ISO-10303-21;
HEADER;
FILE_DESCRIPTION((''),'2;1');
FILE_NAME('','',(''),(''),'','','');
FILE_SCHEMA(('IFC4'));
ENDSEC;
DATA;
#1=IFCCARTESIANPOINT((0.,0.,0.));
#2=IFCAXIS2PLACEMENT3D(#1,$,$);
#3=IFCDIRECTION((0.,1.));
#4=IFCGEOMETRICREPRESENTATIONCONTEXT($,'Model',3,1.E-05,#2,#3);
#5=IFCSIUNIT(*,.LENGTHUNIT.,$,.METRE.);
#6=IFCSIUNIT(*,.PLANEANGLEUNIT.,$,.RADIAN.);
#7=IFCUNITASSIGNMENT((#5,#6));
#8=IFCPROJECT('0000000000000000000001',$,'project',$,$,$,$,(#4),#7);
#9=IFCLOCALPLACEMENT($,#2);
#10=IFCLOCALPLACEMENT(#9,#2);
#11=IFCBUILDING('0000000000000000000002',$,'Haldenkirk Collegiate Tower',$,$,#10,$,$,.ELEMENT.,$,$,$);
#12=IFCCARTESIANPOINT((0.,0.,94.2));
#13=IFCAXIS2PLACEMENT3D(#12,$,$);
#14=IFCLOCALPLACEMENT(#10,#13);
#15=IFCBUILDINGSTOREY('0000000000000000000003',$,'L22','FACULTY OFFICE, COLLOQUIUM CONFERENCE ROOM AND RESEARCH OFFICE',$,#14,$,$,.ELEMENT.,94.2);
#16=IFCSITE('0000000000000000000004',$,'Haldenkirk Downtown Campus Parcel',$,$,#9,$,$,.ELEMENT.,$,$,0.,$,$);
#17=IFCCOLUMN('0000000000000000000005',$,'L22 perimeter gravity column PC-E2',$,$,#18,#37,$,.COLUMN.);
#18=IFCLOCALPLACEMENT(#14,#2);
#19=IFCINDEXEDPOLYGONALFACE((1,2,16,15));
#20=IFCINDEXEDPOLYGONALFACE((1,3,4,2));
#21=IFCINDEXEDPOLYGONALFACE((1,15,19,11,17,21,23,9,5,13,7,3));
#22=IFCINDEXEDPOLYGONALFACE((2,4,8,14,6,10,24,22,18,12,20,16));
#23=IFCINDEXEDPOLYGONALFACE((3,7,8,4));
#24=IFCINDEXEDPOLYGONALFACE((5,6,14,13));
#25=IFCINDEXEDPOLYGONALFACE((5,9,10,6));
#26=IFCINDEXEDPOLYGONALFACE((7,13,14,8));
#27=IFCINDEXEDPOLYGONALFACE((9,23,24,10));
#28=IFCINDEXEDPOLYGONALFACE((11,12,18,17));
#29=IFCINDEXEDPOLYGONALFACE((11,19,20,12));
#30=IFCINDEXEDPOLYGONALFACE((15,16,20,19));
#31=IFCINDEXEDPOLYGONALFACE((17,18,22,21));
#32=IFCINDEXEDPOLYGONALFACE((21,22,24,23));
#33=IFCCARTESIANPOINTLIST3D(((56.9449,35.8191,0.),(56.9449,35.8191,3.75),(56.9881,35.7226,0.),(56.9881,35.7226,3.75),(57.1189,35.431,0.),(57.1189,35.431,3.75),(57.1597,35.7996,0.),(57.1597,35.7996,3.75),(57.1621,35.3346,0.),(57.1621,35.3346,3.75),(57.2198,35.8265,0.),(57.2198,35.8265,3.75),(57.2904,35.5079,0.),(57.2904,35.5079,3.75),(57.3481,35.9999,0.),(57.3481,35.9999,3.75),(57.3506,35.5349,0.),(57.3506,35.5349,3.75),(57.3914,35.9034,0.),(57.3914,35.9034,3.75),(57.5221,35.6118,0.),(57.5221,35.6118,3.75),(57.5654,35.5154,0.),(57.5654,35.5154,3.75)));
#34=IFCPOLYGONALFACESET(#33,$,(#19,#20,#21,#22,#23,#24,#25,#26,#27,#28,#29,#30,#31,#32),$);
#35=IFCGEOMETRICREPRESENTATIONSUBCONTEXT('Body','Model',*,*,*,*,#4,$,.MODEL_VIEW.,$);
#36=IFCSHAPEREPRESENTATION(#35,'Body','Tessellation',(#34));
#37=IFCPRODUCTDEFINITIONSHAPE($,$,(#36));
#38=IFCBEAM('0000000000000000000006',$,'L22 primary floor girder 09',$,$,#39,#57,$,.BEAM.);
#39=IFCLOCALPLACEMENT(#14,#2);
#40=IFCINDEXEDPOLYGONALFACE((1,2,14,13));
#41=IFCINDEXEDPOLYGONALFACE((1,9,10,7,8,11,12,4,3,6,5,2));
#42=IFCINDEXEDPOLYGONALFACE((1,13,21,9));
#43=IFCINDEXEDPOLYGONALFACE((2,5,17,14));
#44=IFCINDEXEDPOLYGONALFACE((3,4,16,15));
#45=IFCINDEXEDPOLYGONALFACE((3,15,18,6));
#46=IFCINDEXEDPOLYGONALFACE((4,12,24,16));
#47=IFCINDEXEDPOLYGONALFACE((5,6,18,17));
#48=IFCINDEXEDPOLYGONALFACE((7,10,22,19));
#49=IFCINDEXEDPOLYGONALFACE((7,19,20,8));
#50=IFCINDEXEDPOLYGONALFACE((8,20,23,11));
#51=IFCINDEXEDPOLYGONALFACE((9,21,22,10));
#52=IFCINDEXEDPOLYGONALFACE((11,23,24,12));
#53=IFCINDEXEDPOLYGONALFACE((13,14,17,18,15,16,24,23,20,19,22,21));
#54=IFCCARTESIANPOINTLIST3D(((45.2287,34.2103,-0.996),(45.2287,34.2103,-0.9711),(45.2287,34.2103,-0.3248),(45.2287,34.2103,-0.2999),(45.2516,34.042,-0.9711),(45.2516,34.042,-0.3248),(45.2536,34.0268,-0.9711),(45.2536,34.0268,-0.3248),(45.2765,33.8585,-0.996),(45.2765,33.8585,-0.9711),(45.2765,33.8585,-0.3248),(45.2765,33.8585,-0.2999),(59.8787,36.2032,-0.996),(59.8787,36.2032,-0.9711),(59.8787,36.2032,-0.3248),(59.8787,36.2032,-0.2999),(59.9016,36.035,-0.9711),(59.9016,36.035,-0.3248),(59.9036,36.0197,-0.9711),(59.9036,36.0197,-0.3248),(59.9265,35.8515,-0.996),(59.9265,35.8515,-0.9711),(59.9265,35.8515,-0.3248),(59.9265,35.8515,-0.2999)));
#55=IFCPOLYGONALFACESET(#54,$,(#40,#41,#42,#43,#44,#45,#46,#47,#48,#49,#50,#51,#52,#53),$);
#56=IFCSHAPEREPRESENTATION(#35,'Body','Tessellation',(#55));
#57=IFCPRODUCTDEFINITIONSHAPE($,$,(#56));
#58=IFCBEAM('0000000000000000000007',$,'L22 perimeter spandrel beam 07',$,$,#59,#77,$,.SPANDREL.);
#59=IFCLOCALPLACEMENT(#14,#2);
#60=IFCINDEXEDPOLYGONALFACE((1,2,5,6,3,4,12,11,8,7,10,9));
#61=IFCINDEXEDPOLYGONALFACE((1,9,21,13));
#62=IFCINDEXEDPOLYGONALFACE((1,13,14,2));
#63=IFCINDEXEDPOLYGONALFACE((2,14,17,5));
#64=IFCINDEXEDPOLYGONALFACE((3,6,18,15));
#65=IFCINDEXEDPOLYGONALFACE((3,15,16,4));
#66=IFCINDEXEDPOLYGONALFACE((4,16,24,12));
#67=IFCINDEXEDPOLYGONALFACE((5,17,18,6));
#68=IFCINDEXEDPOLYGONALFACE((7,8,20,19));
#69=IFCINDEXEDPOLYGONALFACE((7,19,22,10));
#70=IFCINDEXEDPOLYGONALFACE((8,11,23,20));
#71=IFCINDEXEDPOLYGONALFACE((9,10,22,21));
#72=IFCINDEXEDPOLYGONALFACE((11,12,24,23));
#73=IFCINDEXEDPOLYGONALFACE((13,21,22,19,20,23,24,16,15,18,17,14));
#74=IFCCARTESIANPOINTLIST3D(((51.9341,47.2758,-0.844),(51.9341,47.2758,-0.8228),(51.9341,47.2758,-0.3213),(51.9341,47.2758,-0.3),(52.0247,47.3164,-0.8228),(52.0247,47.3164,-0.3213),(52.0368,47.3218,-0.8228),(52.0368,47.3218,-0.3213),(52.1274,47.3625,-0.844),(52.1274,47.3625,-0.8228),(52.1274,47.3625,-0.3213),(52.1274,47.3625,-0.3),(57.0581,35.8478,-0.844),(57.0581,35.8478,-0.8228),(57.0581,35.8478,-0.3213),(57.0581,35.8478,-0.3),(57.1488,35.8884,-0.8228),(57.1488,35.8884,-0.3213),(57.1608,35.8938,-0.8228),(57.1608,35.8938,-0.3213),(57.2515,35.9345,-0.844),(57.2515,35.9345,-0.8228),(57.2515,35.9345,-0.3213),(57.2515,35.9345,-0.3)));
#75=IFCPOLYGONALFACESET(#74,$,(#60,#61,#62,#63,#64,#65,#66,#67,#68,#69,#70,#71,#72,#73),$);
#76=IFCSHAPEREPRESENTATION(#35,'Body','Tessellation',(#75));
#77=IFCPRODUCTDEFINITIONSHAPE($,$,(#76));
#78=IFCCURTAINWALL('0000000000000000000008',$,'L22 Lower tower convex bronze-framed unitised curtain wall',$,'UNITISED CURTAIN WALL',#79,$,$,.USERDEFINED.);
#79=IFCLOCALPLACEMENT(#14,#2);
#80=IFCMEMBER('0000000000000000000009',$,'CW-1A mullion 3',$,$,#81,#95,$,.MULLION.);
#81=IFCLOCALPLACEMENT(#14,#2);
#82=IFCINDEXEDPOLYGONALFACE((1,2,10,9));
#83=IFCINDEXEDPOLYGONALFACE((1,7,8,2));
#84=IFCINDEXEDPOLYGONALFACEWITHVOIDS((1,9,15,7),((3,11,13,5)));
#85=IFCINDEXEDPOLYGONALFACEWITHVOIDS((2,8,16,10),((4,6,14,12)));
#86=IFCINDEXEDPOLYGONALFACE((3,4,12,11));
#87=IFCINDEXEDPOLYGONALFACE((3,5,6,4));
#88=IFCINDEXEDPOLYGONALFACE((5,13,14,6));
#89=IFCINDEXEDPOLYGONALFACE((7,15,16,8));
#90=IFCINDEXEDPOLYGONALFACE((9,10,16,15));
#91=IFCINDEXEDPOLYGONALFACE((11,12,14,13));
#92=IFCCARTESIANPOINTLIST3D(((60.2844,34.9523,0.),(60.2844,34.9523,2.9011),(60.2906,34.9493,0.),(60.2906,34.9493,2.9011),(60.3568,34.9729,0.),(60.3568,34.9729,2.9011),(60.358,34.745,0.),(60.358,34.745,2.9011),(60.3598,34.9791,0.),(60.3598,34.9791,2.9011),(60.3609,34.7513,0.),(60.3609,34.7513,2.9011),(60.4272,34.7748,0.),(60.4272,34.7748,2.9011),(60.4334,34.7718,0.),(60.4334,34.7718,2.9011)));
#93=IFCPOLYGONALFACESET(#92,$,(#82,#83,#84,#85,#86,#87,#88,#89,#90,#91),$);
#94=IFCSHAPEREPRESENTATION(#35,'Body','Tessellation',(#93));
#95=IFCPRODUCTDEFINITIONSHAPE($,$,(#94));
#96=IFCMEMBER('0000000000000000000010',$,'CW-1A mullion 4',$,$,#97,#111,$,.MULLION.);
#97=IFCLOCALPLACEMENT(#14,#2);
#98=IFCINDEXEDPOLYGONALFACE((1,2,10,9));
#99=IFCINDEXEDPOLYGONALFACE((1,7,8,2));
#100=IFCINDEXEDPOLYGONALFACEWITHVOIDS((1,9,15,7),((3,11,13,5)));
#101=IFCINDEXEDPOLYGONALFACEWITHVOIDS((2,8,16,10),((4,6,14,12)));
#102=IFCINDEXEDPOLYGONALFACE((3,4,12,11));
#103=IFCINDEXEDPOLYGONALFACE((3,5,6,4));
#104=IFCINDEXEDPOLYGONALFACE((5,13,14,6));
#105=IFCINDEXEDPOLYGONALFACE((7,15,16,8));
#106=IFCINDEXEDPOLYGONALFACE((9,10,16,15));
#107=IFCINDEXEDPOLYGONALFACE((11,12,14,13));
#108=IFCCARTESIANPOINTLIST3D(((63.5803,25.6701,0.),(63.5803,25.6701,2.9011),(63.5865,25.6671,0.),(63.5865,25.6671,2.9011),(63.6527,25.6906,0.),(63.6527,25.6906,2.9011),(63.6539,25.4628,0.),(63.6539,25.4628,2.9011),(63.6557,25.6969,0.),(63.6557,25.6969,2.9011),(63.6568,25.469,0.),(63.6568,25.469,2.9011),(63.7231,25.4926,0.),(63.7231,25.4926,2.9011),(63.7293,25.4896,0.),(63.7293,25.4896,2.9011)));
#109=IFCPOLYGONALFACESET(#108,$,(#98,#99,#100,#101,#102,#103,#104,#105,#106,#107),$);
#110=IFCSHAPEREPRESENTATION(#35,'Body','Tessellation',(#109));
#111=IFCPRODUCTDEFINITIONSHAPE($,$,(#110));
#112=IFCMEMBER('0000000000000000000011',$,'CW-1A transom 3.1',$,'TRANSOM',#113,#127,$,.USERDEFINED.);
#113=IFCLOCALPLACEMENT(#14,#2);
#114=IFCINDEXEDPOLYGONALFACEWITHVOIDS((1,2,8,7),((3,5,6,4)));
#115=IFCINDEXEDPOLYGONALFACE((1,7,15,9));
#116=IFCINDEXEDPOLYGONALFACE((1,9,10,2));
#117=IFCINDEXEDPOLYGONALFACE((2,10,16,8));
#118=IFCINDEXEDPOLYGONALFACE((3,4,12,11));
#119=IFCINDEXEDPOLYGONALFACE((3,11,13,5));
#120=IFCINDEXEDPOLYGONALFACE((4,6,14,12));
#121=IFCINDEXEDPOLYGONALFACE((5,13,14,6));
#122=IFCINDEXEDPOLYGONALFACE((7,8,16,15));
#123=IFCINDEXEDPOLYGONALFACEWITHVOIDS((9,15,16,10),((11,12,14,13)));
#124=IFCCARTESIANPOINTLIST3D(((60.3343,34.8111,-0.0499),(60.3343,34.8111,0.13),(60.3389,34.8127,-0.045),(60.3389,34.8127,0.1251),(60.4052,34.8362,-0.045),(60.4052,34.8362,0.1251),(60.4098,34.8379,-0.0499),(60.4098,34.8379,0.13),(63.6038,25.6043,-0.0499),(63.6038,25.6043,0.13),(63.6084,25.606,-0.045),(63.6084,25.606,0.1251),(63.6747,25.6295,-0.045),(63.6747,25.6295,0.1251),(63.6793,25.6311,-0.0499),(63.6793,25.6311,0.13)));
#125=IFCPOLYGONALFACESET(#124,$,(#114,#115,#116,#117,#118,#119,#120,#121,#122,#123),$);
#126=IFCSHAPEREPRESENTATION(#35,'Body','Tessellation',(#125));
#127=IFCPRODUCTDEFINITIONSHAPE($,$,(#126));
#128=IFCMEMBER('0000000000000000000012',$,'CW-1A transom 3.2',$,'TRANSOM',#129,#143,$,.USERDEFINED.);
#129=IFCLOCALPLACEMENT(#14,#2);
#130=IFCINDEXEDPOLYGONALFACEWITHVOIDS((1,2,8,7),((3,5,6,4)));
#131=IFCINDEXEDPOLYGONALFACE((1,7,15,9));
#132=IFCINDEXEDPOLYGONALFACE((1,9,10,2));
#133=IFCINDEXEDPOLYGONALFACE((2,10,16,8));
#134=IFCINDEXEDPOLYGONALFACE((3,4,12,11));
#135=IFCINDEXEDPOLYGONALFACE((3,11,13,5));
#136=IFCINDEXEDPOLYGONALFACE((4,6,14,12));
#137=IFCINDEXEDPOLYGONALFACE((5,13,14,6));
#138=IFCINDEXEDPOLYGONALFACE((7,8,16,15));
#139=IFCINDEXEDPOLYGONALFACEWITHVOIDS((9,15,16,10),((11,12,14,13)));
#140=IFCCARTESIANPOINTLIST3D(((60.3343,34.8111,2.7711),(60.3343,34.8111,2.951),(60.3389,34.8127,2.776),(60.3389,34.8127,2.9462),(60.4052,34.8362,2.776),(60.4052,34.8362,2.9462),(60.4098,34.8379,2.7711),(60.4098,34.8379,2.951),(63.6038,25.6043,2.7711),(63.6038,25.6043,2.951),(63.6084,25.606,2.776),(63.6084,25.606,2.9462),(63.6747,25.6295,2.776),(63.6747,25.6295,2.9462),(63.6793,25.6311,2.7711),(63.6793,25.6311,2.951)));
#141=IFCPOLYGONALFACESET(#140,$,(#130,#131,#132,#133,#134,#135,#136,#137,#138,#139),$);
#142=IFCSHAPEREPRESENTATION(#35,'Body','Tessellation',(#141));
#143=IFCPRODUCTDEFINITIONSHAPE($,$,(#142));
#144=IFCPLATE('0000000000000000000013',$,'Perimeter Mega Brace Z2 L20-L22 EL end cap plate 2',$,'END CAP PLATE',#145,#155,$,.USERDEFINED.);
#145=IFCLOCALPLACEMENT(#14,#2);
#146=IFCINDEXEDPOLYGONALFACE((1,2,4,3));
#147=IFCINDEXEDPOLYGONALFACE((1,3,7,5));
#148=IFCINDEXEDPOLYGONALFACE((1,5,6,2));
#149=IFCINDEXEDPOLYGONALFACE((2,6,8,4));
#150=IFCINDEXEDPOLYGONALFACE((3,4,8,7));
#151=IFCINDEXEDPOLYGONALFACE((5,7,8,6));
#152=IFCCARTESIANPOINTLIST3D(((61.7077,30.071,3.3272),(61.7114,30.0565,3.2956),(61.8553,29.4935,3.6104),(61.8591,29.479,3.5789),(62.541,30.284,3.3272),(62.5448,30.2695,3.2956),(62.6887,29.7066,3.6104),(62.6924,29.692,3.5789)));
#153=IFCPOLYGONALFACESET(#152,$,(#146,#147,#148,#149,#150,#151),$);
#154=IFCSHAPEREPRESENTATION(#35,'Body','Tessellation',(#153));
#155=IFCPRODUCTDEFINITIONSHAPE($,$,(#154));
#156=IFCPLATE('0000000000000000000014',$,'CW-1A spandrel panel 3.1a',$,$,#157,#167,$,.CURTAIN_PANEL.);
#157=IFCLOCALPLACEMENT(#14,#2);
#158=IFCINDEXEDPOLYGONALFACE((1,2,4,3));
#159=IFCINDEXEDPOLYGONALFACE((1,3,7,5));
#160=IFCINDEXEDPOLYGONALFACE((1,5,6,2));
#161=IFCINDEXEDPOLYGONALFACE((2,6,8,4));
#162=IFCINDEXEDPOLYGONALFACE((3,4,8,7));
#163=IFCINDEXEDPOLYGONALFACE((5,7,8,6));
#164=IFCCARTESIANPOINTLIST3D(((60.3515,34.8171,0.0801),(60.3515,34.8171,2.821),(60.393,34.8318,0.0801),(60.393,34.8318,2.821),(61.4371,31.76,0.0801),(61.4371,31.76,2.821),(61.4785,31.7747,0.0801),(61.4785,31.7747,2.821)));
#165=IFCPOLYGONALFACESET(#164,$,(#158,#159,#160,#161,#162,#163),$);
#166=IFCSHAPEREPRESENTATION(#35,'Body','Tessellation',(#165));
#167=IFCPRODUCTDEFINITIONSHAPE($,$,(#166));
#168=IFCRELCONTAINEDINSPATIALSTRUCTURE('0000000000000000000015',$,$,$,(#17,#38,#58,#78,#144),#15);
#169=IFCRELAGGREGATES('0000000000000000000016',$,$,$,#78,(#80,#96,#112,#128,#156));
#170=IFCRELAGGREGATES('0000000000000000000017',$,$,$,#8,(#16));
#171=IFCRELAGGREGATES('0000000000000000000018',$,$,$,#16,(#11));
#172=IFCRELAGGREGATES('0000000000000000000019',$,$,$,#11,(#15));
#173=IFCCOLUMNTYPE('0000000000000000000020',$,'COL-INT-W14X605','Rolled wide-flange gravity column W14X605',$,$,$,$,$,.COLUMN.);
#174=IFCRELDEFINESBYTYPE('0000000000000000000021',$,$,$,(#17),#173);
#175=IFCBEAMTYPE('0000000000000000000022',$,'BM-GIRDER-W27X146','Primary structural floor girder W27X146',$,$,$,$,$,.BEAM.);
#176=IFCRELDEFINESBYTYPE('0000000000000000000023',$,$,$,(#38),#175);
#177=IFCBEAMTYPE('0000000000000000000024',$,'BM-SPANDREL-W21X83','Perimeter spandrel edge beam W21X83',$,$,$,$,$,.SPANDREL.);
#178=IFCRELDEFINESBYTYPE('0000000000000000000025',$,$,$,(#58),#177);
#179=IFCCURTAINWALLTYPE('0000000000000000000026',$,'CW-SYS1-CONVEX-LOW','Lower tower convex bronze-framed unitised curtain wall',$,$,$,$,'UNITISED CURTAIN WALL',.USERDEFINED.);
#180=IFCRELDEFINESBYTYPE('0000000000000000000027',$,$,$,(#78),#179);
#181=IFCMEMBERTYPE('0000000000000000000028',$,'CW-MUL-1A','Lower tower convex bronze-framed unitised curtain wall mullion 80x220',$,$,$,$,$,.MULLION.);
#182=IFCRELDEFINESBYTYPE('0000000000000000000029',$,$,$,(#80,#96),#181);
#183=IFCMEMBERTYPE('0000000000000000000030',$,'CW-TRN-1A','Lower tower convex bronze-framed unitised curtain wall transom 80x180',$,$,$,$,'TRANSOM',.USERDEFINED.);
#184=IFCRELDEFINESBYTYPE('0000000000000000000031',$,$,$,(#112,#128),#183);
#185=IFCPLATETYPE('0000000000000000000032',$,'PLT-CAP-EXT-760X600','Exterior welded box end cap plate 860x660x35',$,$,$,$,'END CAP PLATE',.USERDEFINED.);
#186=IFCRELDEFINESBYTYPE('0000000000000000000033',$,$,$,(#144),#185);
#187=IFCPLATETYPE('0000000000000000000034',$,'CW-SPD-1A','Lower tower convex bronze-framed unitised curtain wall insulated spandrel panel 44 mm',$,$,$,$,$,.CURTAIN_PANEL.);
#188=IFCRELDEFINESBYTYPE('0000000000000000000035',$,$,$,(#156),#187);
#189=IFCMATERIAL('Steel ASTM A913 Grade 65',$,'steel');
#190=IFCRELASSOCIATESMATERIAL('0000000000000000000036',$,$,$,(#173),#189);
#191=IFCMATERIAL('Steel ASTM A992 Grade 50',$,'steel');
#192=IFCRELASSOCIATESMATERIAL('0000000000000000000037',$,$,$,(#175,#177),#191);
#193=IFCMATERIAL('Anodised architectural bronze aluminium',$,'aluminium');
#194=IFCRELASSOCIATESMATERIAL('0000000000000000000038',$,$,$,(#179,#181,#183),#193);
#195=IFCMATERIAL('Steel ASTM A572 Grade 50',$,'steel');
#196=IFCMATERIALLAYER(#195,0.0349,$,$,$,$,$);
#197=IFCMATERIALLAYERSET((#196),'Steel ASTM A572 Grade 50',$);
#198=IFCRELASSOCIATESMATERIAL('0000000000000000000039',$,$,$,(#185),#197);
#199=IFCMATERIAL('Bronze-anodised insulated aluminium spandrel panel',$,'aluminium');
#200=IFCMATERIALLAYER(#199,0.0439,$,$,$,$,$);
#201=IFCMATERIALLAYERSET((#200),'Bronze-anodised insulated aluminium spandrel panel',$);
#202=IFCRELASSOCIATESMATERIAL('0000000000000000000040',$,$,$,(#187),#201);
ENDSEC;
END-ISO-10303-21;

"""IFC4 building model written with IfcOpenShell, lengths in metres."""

from ifc_helpers import new_model, si_unit, direction, frame, origin, origin_2d, place, context, subcontext, project, spatial, rectangle, hollow_rectangle, i_section, extrude, source, transform, mapped, material, layer, layer_set, material_profile, profile_set, type_object, element, aggregate, save


model = new_model("IFC4")

# Units and contexts
model_context = context("Model", 3, precision=1e-05, world=origin(), true_north=direction((0.0, 1.0)))
body_context = subcontext(model_context, "Body", "Model", "MODEL_VIEW")
ifc_project = project(units=[si_unit("LENGTHUNIT", "METRE"), si_unit("PLANEANGLEUNIT", "RADIAN")], contexts=[model_context])

# Site, building, storey
site_placement = place(None, origin())
site = spatial("IfcSite", under=ifc_project, at=site_placement, Name="Haldenkirk Downtown Campus Parcel", CompositionType="ELEMENT", RefElevation=0.0)
building_placement = place(site_placement, origin())
building = spatial("IfcBuilding", under=site, at=building_placement, Name="Haldenkirk Collegiate Tower", CompositionType="ELEMENT")
storey_placement = place(building_placement, frame((0.0, 0.0, 94.2)))
storey = spatial("IfcBuildingStorey", under=building, at=storey_placement, Name="L22", Description="FACULTY OFFICE, COLLOQUIUM CONFERENCE ROOM AND RESEARCH OFFICE", CompositionType="ELEMENT", Elevation=94.2)

# Column
ifc_material_1 = material(Name="Steel ASTM A913 Grade 65", Category="steel")
ifc_material_profile_1 = material_profile(ifc_material_1, i_section(OverallWidth=0.4419, OverallDepth=0.531, WebThickness=0.0659, FlangeThickness=0.1057, at=origin_2d()), Name="W14X605")
ifc_profile_set_1 = profile_set([ifc_material_profile_1], Name="Steel ASTM A913 Grade 65")
column_type = type_object("IfcColumnType", Name="COL-INT-W14X605", Description="Rolled wide-flange gravity column W14X605", PredefinedType="COLUMN", material=ifc_profile_set_1)
column_placement = place(storey_placement, frame((57.2551, 35.6672, 0.0), z_axis=(0.0, 0.0, 1.0), x_axis=(0.912477, 0.409127, 0.0)))
element("IfcColumn", 1, at=column_placement, inside=storey, type_object=column_type, Name="L22 perimeter gravity column PC-E2", PredefinedType="COLUMN", context=body_context, shape_type="SweptSolid", body=[
    extrude(i_section(OverallWidth=0.4419, OverallDepth=0.531, WebThickness=0.0659, FlangeThickness=0.1057, at=origin_2d()), origin(), (0.0, 0.0, 1.0), 3.75),
])

# Beams
ifc_material_2 = material(Name="Steel ASTM A992 Grade 50", Category="steel")
ifc_material_profile_2 = material_profile(ifc_material_2, i_section(OverallWidth=0.355, OverallDepth=0.696, WebThickness=0.0154, FlangeThickness=0.0249, at=origin_2d()), Name="W27X146")
ifc_profile_set_2 = profile_set([ifc_material_profile_2], Name="Steel ASTM A992 Grade 50")
beam_type_1 = type_object("IfcBeamType", Name="BM-GIRDER-W27X146", Description="Primary structural floor girder W27X146", PredefinedType="BEAM", material=ifc_profile_set_2)
beam_1_placement = place(storey_placement, frame((59.9026, 36.0273, -0.6479), z_axis=(-0.990874, -0.134795, 0.0), x_axis=(0.134795, -0.990874, 0.0)))
element("IfcBeam", 2, at=beam_1_placement, inside=storey, type_object=beam_type_1, Name="L22 primary floor girder 09", PredefinedType="BEAM", context=body_context, shape_type="SweptSolid", body=[
    extrude(i_section(OverallWidth=0.355, OverallDepth=0.696, WebThickness=0.0154, FlangeThickness=0.0249, at=origin_2d()), origin(), (0.0, 0.0, 1.0), 14.7849),
])
ifc_material_profile_3 = material_profile(ifc_material_2, i_section(OverallWidth=0.2119, OverallDepth=0.5439, WebThickness=0.0132, FlangeThickness=0.0212, at=origin_2d()), Name="W21X83")
ifc_profile_set_3 = profile_set([ifc_material_profile_3], Name="Steel ASTM A992 Grade 50")
beam_type_2 = type_object("IfcBeamType", Name="BM-SPANDREL-W21X83", Description="Perimeter spandrel edge beam W21X83", PredefinedType="SPANDREL", material=ifc_profile_set_3)
beam_2_placement = place(storey_placement, frame((57.1548, 35.8911, -0.572), z_axis=(-0.409131, 0.912475, 0.0), x_axis=(-0.912475, -0.409131, 0.0)))
element("IfcBeam", 3, at=beam_2_placement, inside=storey, type_object=beam_type_2, Name="L22 perimeter spandrel beam 07", PredefinedType="SPANDREL", context=body_context, shape_type="SweptSolid", body=[
    extrude(i_section(OverallWidth=0.2119, OverallDepth=0.5439, WebThickness=0.0132, FlangeThickness=0.0212, at=origin_2d()), origin(), (0.0, 0.0, 1.0), 12.5242),
])

# Curtain wall, members
ifc_material_3 = material(Name="Anodised architectural bronze aluminium", Category="aluminium")
curtain_wall_type = type_object("IfcCurtainWallType", Name="CW-SYS1-CONVEX-LOW", Description="Lower tower convex bronze-framed unitised curtain wall", ElementType="UNITISED CURTAIN WALL", PredefinedType="USERDEFINED", material=ifc_material_3)
curtain_wall_placement = place(storey_placement, origin())
curtain_wall = element("IfcCurtainWall", 4, at=curtain_wall_placement, inside=storey, type_object=curtain_wall_type, Name="L22 Lower tower convex bronze-framed unitised curtain wall", ObjectType="UNITISED CURTAIN WALL", PredefinedType="USERDEFINED")
ifc_material_profile_4 = material_profile(ifc_material_3, hollow_rectangle(XDim=0.0801, YDim=0.22, WallThickness=0.0049, at=origin_2d()), Name="CW-MUL-1A")
ifc_profile_set_4 = profile_set([ifc_material_profile_4], Name="Anodised architectural bronze aluminium")
member_type_1 = type_object("IfcMemberType", Name="CW-MUL-1A", Description="Lower tower convex bronze-framed unitised curtain wall mullion 80x220", PredefinedType="MULLION", material=ifc_profile_set_4)
member_1_placement = place(storey_placement, frame((60.3589, 34.8621, 0.0), z_axis=(0.0, 0.0, 1.0), x_axis=(0.94235, 0.334629, 0.0)))
member_1 = element("IfcMember", 5, at=member_1_placement, type_object=member_type_1, Name="CW-1A mullion 3", PredefinedType="MULLION", context=body_context, shape_type="SweptSolid", body=[
    extrude(hollow_rectangle(XDim=0.0801, YDim=0.22, WallThickness=0.0049, at=origin_2d()), origin(), (0.0, 0.0, 1.0), 2.9011),
])
member_2_placement = place(storey_placement, frame((63.6548, 25.5798, 0.0), z_axis=(0.0, 0.0, 1.0), x_axis=(0.94235, 0.334629, 0.0)))
member_2 = element("IfcMember", 6, at=member_2_placement, type_object=member_type_1, Name="CW-1A mullion 4", PredefinedType="MULLION", context=body_context, shape_type="SweptSolid", body=[
    extrude(hollow_rectangle(XDim=0.0801, YDim=0.22, WallThickness=0.0049, at=origin_2d()), origin(), (0.0, 0.0, 1.0), 2.9011),
])
ifc_material_profile_5 = material_profile(ifc_material_3, hollow_rectangle(XDim=0.0801, YDim=0.1799, WallThickness=0.0049, at=origin_2d()), Name="CW-TRN-1A")
ifc_profile_set_5 = profile_set([ifc_material_profile_5], Name="Anodised architectural bronze aluminium")
member_type_2 = type_object("IfcMemberType", Name="CW-TRN-1A", Description="Lower tower convex bronze-framed unitised curtain wall transom 80x180", ElementType="TRANSOM", PredefinedType="USERDEFINED", material=ifc_profile_set_5)
member_3_placement = place(storey_placement, frame((60.3721, 34.8245, 0.04), z_axis=(0.334647, -0.942344, 0.0), x_axis=(0.942344, 0.334647, 0.0)))
member_3 = element("IfcMember", 7, at=member_3_placement, type_object=member_type_2, Name="CW-1A transom 3.1", ObjectType="TRANSOM", PredefinedType="USERDEFINED", context=body_context, shape_type="SweptSolid", body=[
    extrude(hollow_rectangle(XDim=0.0801, YDim=0.1799, WallThickness=0.0049, at=origin_2d()), origin(), (0.0, 0.0, 1.0), 9.77),
])
member_4_placement = place(storey_placement, frame((60.3721, 34.8245, 2.8611), z_axis=(0.334647, -0.942344, 0.0), x_axis=(0.942344, 0.334647, 0.0)))
member_4 = element("IfcMember", 8, at=member_4_placement, type_object=member_type_2, Name="CW-1A transom 3.2", ObjectType="TRANSOM", PredefinedType="USERDEFINED", context=body_context, shape_type="SweptSolid", body=[
    extrude(hollow_rectangle(XDim=0.0801, YDim=0.1799, WallThickness=0.0049, at=origin_2d()), origin(), (0.0, 0.0, 1.0), 9.77),
])

# Plates
ifc_material_4 = material(Name="Steel ASTM A572 Grade 50", Category="steel")
ifc_layer_1 = layer(ifc_material_4, 0.0349)
ifc_layer_set_1 = layer_set([ifc_layer_1], Name="Steel ASTM A572 Grade 50")
plate_type_1 = type_object("IfcPlateType", Name="PLT-CAP-EXT-760X600", Description="Exterior welded box end cap plate 860x660x35", ElementType="END CAP PLATE", PredefinedType="USERDEFINED", material=ifc_layer_set_1)
shared_shape_1 = source(origin(), body_context, "Body", "SweptSolid", [
    extrude(rectangle(XDim=0.8601, YDim=0.6599, at=origin_2d()), origin(), (0.0, 0.0, 1.0), 0.0349),
])
plate_1_placement = place(storey_placement, frame((62.2019, 29.8743, 3.4373), z_axis=(-0.106297, 0.415827, 0.90321), x_axis=(-0.968846, -0.247664, 0.0)))
element("IfcPlate", 9, at=plate_1_placement, inside=storey, type_object=plate_type_1, Name="Perimeter Mega Brace Z2 L20-L22 EL end cap plate 2", ObjectType="END CAP PLATE", PredefinedType="USERDEFINED", context=body_context, shape_type="MappedRepresentation", body=[
    mapped(shared_shape_1, transform((0.0, 0.0, 0.0), x_axis=(1.0, 0.0, 0.0), y_axis=(0.0, 1.0, 0.0), z_axis=(0.0, 0.0, 1.0), scale=1.0)),
])
ifc_material_5 = material(Name="Bronze-anodised insulated aluminium spandrel panel", Category="aluminium")
ifc_layer_2 = layer(ifc_material_5, 0.0439)
ifc_layer_set_2 = layer_set([ifc_layer_2], Name="Bronze-anodised insulated aluminium spandrel panel")
plate_type_2 = type_object("IfcPlateType", Name="CW-SPD-1A", Description="Lower tower convex bronze-framed unitised curtain wall insulated spandrel panel 44 mm", PredefinedType="CURTAIN_PANEL", material=ifc_layer_set_2)
shared_shape_2 = source(origin(), body_context, "Body", "SweptSolid", [
    extrude(rectangle(XDim=3.2441, YDim=0.0439, at=origin_2d()), origin(), (0.0, 0.0, 1.0), 2.741),
])
plate_2_placement = place(storey_placement, frame((60.915, 33.2959, 0.0801), z_axis=(0.0, 0.0, 1.0), x_axis=(0.334629, -0.94235, 0.0)))
plate_2 = element("IfcPlate", 10, at=plate_2_placement, type_object=plate_type_2, Name="CW-1A spandrel panel 3.1a", PredefinedType="CURTAIN_PANEL", context=body_context, shape_type="MappedRepresentation", body=[
    mapped(shared_shape_2, transform((0.0, 0.0, 0.0), x_axis=(1.0, 0.0, 0.0), y_axis=(0.0, 1.0, 0.0), z_axis=(0.0, 0.0, 1.0), scale=1.0)),
])
aggregate(curtain_wall, [member_1, member_2, member_3, member_4, plate_2])

save(model, "model.ifc")
